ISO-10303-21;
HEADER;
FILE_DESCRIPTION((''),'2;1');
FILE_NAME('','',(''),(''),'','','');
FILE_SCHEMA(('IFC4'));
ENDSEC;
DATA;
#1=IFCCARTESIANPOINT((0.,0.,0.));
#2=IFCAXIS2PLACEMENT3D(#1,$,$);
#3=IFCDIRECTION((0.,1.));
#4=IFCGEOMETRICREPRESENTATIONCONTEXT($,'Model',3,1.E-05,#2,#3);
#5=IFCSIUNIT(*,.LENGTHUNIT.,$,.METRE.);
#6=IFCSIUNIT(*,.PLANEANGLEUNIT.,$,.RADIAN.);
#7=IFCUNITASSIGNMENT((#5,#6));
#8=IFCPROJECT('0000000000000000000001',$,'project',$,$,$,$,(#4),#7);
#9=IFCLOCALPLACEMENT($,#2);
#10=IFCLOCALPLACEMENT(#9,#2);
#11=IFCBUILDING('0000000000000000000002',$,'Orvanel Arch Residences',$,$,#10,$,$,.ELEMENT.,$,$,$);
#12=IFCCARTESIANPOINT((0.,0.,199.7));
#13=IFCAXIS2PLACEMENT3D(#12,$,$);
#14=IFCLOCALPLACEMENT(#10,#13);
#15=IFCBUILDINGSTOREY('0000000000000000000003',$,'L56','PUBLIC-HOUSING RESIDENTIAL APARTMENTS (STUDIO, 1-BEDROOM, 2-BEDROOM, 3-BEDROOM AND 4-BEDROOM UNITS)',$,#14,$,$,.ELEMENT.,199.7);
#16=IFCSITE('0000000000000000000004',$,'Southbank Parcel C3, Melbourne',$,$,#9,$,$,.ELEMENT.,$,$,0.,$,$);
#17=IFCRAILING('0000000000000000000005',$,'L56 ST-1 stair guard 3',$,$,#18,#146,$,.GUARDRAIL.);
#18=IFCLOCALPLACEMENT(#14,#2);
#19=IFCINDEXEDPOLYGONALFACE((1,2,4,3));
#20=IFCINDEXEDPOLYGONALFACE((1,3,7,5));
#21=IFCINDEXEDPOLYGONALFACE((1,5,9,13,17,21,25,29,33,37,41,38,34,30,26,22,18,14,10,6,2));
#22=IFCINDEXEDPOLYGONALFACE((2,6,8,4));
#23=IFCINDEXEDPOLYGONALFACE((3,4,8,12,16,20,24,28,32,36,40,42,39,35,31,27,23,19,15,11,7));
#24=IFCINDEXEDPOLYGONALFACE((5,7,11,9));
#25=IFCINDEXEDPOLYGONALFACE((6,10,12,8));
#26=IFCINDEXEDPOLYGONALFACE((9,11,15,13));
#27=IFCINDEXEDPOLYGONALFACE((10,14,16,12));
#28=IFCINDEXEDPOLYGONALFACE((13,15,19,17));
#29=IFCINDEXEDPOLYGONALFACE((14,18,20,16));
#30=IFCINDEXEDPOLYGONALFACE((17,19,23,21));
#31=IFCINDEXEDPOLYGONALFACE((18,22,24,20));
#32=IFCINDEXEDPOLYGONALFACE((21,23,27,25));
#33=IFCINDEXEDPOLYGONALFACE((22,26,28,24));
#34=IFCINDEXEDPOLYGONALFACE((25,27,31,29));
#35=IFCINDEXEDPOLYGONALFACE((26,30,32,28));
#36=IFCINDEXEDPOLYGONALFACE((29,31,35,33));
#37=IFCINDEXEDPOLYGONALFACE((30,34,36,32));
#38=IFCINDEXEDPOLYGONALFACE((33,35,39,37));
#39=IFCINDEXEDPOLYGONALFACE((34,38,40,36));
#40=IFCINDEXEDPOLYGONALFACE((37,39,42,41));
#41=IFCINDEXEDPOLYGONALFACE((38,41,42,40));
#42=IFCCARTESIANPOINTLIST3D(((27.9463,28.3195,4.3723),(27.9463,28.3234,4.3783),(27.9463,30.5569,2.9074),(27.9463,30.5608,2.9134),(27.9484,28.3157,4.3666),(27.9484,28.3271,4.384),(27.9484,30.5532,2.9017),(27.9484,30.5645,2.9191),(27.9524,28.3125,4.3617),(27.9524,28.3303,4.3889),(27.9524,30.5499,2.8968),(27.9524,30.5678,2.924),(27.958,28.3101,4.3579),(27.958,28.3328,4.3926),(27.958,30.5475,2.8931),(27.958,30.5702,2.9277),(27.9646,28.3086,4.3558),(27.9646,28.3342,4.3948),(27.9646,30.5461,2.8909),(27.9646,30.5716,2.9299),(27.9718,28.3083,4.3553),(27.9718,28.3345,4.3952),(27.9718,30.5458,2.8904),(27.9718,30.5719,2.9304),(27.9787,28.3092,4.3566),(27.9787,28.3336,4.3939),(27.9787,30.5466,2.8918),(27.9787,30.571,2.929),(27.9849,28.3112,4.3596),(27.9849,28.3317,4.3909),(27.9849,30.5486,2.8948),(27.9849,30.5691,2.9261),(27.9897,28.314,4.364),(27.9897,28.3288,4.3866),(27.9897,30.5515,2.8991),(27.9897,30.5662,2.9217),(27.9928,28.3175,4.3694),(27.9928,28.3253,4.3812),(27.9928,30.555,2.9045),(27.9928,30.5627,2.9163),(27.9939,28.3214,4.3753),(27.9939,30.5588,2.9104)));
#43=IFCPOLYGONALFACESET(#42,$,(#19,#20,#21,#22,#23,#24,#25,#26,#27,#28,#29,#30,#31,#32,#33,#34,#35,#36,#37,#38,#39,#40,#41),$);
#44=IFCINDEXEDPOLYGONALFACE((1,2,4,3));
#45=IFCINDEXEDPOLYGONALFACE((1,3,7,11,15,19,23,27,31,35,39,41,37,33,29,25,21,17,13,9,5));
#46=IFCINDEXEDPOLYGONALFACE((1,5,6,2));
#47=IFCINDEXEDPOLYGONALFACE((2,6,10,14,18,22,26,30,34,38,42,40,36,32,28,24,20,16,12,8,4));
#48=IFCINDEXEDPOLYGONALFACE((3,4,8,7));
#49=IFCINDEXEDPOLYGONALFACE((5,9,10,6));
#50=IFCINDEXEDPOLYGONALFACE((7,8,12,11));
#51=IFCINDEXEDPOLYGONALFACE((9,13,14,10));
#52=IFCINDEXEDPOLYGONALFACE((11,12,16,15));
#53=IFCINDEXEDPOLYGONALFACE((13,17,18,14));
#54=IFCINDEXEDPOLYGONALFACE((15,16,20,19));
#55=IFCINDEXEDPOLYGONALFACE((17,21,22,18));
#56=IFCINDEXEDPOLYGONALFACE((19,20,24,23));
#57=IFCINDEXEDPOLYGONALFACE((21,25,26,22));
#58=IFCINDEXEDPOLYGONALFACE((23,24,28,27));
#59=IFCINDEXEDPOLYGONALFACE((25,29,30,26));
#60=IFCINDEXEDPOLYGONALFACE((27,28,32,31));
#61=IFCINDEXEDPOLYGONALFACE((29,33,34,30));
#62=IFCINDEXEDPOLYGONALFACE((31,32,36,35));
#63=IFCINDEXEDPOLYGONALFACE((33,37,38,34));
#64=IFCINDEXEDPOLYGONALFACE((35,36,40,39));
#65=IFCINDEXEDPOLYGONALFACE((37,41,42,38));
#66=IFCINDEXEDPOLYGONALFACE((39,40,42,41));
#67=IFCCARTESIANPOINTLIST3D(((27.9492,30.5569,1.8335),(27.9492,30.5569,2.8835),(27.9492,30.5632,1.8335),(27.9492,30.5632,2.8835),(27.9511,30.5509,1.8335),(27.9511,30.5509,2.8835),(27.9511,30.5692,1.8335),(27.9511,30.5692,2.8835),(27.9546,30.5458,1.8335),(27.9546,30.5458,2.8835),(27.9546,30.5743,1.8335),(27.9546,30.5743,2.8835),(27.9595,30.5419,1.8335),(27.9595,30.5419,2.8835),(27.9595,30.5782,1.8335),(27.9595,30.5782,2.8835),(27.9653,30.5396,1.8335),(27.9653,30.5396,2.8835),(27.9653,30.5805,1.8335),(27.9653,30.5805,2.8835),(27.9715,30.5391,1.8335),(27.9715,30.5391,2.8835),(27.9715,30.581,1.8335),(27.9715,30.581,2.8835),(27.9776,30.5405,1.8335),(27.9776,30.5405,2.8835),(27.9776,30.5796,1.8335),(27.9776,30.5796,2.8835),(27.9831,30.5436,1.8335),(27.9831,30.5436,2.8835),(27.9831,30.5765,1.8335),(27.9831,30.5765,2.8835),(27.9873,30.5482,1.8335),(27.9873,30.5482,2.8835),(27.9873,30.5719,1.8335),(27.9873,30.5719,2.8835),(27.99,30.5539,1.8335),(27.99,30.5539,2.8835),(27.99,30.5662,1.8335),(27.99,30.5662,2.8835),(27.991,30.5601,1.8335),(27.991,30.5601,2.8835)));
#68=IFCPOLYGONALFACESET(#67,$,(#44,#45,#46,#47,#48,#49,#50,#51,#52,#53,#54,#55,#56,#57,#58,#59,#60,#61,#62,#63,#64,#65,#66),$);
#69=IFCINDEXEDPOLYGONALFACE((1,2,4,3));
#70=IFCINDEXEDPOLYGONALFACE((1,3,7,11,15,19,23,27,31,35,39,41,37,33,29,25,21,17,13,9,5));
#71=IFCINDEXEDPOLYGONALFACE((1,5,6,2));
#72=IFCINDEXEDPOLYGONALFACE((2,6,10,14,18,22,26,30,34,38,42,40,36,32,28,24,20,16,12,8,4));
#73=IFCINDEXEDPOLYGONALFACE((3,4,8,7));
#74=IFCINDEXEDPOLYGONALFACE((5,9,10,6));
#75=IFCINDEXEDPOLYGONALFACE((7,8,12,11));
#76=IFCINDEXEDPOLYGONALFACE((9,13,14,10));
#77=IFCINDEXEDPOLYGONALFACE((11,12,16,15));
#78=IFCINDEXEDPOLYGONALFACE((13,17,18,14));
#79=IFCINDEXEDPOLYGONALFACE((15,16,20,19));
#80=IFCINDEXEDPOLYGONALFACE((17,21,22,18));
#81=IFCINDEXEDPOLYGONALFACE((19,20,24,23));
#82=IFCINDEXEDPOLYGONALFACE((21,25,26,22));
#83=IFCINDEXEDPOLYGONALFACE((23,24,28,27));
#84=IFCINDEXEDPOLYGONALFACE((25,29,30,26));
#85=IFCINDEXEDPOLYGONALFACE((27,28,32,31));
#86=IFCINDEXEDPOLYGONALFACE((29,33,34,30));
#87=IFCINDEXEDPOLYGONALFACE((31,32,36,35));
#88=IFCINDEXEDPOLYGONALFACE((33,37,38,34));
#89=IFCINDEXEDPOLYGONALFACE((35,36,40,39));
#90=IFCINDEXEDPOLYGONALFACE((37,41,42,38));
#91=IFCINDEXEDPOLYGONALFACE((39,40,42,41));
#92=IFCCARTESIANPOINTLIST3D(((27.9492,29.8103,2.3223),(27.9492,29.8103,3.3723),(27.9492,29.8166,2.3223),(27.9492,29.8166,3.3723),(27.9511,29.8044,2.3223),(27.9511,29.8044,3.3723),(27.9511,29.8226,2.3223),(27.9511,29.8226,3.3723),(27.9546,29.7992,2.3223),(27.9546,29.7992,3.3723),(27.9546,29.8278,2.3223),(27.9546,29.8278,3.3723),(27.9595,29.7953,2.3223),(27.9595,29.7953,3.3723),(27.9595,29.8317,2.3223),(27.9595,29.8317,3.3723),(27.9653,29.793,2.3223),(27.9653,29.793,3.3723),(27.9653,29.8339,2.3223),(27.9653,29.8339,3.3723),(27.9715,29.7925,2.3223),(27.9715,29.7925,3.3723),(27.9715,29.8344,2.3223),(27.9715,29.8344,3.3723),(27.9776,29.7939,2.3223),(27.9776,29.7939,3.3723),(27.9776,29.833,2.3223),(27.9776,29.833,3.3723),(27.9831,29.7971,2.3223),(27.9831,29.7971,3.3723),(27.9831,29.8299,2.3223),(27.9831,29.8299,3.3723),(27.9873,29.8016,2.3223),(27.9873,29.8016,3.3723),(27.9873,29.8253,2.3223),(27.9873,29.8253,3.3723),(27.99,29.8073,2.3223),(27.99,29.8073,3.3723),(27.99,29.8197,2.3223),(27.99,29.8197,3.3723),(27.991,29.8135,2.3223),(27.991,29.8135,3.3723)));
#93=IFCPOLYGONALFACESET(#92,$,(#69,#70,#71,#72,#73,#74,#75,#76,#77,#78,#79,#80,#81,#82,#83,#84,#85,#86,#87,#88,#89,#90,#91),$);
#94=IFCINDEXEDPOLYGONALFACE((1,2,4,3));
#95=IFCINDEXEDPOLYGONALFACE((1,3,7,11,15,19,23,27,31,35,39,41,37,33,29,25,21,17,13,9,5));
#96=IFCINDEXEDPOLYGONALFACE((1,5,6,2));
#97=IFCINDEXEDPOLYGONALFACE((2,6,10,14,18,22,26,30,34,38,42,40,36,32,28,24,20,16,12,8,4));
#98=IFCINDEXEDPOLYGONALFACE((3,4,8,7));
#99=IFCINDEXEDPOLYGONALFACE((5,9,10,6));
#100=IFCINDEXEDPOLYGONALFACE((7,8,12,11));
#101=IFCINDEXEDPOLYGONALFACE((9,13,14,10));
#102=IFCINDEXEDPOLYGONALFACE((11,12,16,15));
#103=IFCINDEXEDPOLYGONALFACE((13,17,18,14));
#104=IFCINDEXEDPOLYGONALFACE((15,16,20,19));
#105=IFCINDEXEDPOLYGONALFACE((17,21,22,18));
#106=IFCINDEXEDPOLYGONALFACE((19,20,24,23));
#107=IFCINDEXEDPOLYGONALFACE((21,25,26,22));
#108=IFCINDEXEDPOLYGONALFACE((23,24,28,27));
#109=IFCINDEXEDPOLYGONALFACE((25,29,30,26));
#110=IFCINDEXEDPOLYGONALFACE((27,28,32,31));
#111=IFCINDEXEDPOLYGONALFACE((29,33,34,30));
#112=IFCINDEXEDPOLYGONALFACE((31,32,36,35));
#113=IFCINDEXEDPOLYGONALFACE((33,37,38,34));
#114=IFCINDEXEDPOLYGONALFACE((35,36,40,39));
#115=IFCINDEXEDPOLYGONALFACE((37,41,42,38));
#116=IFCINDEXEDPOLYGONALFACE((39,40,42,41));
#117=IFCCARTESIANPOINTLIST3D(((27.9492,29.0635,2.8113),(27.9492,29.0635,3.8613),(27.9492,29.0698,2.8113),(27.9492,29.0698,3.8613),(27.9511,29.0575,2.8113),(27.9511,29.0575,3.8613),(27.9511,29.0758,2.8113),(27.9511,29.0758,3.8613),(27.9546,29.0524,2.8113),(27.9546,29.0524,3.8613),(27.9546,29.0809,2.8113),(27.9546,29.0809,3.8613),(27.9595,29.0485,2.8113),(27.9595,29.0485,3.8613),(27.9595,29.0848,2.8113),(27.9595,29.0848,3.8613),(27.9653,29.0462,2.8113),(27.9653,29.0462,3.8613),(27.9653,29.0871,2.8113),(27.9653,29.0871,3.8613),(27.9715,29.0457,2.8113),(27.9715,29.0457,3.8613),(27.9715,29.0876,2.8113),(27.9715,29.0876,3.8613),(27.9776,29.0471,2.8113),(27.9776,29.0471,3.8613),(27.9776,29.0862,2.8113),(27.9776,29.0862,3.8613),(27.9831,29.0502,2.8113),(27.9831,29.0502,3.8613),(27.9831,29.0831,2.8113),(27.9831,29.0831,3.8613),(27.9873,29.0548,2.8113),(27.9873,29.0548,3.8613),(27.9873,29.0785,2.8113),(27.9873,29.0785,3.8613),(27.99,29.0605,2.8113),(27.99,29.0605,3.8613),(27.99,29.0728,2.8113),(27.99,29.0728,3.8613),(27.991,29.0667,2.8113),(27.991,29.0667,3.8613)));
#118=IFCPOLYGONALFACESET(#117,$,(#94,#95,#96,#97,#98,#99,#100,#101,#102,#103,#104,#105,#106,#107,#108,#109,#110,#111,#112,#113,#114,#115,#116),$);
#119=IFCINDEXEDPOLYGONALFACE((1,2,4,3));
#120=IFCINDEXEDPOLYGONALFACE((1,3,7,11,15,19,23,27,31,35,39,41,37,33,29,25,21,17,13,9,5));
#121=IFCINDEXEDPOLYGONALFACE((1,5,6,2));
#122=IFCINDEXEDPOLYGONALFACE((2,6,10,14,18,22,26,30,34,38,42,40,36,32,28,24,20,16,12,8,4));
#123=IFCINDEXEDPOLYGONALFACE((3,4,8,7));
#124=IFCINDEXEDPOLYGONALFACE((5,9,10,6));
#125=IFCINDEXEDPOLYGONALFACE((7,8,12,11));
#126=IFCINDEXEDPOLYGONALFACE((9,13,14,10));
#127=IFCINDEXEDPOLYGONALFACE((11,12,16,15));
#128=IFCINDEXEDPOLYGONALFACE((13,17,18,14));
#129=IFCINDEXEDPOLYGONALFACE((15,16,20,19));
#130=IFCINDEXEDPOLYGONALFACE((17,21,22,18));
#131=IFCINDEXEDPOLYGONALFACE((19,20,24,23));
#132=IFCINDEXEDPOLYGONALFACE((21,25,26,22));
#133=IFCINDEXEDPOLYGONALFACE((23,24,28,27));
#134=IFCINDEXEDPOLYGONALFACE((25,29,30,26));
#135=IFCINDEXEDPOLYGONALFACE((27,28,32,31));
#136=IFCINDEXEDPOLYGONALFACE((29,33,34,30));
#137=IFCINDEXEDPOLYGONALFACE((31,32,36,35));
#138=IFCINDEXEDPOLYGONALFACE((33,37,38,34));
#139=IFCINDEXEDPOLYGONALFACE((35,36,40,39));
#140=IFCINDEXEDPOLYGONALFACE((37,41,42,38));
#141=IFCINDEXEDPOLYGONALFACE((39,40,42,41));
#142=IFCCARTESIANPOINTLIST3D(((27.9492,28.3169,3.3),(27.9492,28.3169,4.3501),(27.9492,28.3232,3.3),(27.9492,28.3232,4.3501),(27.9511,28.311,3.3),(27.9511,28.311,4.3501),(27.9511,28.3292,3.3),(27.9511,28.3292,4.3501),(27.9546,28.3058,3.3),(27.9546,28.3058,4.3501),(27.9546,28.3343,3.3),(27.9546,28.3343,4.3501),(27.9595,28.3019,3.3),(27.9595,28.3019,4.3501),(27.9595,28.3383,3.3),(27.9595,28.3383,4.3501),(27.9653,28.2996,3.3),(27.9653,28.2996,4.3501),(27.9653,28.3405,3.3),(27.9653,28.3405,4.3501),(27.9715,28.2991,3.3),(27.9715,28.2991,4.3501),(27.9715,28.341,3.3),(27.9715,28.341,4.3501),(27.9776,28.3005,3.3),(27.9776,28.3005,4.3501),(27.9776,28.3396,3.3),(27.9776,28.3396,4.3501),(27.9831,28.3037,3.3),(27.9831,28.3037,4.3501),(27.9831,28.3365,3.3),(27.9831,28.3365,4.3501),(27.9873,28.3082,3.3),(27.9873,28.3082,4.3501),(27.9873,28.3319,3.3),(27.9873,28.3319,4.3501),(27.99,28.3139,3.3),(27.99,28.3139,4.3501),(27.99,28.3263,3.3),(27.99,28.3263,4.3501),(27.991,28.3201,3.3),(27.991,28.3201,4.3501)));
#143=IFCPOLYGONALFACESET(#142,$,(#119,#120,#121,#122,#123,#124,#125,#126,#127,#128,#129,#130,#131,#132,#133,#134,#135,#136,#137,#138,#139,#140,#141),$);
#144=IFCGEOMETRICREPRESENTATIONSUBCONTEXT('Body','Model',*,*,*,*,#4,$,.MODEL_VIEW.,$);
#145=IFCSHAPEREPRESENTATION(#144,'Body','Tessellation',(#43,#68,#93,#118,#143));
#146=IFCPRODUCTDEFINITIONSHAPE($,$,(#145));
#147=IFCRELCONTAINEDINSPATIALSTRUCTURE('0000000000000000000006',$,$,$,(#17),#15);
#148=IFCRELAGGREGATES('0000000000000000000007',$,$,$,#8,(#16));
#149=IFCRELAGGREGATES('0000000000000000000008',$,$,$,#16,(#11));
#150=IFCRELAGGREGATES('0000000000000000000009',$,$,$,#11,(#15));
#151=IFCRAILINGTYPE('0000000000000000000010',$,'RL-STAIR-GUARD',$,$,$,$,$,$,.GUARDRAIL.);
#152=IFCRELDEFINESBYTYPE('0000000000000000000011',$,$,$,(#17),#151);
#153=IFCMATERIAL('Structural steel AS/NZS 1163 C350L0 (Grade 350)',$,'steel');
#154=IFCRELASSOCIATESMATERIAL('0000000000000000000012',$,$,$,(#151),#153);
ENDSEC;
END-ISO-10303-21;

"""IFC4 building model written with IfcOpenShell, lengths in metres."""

from ifc_helpers import new_model, si_unit, direction, frame, origin, origin_2d, place, context, subcontext, project, spatial, circle, extrude, material, type_object, element, save


model = new_model("IFC4")

# Units and contexts
model_context = context("Model", 3, precision=1e-05, world=origin(), true_north=direction((0.0, 1.0)))
body_context = subcontext(model_context, "Body", "Model", "MODEL_VIEW")
ifc_project = project(units=[si_unit("LENGTHUNIT", "METRE"), si_unit("PLANEANGLEUNIT", "RADIAN")], contexts=[model_context])

# Site, building, storey
site_placement = place(None, origin())
site = spatial("IfcSite", under=ifc_project, at=site_placement, Name="Southbank Parcel C3, Melbourne", CompositionType="ELEMENT", RefElevation=0.0)
building_placement = place(site_placement, origin())
building = spatial("IfcBuilding", under=site, at=building_placement, Name="Orvanel Arch Residences", CompositionType="ELEMENT")
storey_placement = place(building_placement, frame((0.0, 0.0, 199.7)))
storey = spatial("IfcBuildingStorey", under=building, at=storey_placement, Name="L56", Description="PUBLIC-HOUSING RESIDENTIAL APARTMENTS (STUDIO, 1-BEDROOM, 2-BEDROOM, 3-BEDROOM AND 4-BEDROOM UNITS)", CompositionType="ELEMENT", Elevation=199.7)

# Railing
ifc_material_1 = material(Name="Structural steel AS/NZS 1163 C350L0 (Grade 350)", Category="steel")
railing_type_1 = type_object("IfcRailingType", Name="RL-STAIR-GUARD", PredefinedType="GUARDRAIL", material=ifc_material_1)
railing_1_placement = place(storey_placement, frame((27.97, 30.5601, 1.8335)))
element("IfcRailing", 1, at=railing_1_placement, inside=storey, type_object=railing_type_1, Name="L56 ST-1 stair guard 3", PredefinedType="GUARDRAIL", context=body_context, shape_type="SweptSolid", body=[
    extrude(circle(Radius=0.0239, at=origin_2d()), frame((0.0, -0.0012, 1.0769), z_axis=(0.0, -0.836637, 0.547758), x_axis=(1.0, 0.0, 0.0)), (0.0, 0.0, 1.0), 2.6743),
    extrude(circle(Radius=0.021, at=origin_2d()), origin(), (0.0, 0.0, 1.0), 1.05),
    extrude(circle(Radius=0.021, at=origin_2d()), frame((0.0, -0.7466, 0.4888)), (0.0, 0.0, 1.0), 1.05),
    extrude(circle(Radius=0.021, at=origin_2d()), frame((0.0, -1.4934, 0.9778)), (0.0, 0.0, 1.0), 1.05),
    extrude(circle(Radius=0.021, at=origin_2d()), frame((0.0, -2.24, 1.4666)), (0.0, 0.0, 1.0), 1.05),
])

save(model, "model.ifc")
